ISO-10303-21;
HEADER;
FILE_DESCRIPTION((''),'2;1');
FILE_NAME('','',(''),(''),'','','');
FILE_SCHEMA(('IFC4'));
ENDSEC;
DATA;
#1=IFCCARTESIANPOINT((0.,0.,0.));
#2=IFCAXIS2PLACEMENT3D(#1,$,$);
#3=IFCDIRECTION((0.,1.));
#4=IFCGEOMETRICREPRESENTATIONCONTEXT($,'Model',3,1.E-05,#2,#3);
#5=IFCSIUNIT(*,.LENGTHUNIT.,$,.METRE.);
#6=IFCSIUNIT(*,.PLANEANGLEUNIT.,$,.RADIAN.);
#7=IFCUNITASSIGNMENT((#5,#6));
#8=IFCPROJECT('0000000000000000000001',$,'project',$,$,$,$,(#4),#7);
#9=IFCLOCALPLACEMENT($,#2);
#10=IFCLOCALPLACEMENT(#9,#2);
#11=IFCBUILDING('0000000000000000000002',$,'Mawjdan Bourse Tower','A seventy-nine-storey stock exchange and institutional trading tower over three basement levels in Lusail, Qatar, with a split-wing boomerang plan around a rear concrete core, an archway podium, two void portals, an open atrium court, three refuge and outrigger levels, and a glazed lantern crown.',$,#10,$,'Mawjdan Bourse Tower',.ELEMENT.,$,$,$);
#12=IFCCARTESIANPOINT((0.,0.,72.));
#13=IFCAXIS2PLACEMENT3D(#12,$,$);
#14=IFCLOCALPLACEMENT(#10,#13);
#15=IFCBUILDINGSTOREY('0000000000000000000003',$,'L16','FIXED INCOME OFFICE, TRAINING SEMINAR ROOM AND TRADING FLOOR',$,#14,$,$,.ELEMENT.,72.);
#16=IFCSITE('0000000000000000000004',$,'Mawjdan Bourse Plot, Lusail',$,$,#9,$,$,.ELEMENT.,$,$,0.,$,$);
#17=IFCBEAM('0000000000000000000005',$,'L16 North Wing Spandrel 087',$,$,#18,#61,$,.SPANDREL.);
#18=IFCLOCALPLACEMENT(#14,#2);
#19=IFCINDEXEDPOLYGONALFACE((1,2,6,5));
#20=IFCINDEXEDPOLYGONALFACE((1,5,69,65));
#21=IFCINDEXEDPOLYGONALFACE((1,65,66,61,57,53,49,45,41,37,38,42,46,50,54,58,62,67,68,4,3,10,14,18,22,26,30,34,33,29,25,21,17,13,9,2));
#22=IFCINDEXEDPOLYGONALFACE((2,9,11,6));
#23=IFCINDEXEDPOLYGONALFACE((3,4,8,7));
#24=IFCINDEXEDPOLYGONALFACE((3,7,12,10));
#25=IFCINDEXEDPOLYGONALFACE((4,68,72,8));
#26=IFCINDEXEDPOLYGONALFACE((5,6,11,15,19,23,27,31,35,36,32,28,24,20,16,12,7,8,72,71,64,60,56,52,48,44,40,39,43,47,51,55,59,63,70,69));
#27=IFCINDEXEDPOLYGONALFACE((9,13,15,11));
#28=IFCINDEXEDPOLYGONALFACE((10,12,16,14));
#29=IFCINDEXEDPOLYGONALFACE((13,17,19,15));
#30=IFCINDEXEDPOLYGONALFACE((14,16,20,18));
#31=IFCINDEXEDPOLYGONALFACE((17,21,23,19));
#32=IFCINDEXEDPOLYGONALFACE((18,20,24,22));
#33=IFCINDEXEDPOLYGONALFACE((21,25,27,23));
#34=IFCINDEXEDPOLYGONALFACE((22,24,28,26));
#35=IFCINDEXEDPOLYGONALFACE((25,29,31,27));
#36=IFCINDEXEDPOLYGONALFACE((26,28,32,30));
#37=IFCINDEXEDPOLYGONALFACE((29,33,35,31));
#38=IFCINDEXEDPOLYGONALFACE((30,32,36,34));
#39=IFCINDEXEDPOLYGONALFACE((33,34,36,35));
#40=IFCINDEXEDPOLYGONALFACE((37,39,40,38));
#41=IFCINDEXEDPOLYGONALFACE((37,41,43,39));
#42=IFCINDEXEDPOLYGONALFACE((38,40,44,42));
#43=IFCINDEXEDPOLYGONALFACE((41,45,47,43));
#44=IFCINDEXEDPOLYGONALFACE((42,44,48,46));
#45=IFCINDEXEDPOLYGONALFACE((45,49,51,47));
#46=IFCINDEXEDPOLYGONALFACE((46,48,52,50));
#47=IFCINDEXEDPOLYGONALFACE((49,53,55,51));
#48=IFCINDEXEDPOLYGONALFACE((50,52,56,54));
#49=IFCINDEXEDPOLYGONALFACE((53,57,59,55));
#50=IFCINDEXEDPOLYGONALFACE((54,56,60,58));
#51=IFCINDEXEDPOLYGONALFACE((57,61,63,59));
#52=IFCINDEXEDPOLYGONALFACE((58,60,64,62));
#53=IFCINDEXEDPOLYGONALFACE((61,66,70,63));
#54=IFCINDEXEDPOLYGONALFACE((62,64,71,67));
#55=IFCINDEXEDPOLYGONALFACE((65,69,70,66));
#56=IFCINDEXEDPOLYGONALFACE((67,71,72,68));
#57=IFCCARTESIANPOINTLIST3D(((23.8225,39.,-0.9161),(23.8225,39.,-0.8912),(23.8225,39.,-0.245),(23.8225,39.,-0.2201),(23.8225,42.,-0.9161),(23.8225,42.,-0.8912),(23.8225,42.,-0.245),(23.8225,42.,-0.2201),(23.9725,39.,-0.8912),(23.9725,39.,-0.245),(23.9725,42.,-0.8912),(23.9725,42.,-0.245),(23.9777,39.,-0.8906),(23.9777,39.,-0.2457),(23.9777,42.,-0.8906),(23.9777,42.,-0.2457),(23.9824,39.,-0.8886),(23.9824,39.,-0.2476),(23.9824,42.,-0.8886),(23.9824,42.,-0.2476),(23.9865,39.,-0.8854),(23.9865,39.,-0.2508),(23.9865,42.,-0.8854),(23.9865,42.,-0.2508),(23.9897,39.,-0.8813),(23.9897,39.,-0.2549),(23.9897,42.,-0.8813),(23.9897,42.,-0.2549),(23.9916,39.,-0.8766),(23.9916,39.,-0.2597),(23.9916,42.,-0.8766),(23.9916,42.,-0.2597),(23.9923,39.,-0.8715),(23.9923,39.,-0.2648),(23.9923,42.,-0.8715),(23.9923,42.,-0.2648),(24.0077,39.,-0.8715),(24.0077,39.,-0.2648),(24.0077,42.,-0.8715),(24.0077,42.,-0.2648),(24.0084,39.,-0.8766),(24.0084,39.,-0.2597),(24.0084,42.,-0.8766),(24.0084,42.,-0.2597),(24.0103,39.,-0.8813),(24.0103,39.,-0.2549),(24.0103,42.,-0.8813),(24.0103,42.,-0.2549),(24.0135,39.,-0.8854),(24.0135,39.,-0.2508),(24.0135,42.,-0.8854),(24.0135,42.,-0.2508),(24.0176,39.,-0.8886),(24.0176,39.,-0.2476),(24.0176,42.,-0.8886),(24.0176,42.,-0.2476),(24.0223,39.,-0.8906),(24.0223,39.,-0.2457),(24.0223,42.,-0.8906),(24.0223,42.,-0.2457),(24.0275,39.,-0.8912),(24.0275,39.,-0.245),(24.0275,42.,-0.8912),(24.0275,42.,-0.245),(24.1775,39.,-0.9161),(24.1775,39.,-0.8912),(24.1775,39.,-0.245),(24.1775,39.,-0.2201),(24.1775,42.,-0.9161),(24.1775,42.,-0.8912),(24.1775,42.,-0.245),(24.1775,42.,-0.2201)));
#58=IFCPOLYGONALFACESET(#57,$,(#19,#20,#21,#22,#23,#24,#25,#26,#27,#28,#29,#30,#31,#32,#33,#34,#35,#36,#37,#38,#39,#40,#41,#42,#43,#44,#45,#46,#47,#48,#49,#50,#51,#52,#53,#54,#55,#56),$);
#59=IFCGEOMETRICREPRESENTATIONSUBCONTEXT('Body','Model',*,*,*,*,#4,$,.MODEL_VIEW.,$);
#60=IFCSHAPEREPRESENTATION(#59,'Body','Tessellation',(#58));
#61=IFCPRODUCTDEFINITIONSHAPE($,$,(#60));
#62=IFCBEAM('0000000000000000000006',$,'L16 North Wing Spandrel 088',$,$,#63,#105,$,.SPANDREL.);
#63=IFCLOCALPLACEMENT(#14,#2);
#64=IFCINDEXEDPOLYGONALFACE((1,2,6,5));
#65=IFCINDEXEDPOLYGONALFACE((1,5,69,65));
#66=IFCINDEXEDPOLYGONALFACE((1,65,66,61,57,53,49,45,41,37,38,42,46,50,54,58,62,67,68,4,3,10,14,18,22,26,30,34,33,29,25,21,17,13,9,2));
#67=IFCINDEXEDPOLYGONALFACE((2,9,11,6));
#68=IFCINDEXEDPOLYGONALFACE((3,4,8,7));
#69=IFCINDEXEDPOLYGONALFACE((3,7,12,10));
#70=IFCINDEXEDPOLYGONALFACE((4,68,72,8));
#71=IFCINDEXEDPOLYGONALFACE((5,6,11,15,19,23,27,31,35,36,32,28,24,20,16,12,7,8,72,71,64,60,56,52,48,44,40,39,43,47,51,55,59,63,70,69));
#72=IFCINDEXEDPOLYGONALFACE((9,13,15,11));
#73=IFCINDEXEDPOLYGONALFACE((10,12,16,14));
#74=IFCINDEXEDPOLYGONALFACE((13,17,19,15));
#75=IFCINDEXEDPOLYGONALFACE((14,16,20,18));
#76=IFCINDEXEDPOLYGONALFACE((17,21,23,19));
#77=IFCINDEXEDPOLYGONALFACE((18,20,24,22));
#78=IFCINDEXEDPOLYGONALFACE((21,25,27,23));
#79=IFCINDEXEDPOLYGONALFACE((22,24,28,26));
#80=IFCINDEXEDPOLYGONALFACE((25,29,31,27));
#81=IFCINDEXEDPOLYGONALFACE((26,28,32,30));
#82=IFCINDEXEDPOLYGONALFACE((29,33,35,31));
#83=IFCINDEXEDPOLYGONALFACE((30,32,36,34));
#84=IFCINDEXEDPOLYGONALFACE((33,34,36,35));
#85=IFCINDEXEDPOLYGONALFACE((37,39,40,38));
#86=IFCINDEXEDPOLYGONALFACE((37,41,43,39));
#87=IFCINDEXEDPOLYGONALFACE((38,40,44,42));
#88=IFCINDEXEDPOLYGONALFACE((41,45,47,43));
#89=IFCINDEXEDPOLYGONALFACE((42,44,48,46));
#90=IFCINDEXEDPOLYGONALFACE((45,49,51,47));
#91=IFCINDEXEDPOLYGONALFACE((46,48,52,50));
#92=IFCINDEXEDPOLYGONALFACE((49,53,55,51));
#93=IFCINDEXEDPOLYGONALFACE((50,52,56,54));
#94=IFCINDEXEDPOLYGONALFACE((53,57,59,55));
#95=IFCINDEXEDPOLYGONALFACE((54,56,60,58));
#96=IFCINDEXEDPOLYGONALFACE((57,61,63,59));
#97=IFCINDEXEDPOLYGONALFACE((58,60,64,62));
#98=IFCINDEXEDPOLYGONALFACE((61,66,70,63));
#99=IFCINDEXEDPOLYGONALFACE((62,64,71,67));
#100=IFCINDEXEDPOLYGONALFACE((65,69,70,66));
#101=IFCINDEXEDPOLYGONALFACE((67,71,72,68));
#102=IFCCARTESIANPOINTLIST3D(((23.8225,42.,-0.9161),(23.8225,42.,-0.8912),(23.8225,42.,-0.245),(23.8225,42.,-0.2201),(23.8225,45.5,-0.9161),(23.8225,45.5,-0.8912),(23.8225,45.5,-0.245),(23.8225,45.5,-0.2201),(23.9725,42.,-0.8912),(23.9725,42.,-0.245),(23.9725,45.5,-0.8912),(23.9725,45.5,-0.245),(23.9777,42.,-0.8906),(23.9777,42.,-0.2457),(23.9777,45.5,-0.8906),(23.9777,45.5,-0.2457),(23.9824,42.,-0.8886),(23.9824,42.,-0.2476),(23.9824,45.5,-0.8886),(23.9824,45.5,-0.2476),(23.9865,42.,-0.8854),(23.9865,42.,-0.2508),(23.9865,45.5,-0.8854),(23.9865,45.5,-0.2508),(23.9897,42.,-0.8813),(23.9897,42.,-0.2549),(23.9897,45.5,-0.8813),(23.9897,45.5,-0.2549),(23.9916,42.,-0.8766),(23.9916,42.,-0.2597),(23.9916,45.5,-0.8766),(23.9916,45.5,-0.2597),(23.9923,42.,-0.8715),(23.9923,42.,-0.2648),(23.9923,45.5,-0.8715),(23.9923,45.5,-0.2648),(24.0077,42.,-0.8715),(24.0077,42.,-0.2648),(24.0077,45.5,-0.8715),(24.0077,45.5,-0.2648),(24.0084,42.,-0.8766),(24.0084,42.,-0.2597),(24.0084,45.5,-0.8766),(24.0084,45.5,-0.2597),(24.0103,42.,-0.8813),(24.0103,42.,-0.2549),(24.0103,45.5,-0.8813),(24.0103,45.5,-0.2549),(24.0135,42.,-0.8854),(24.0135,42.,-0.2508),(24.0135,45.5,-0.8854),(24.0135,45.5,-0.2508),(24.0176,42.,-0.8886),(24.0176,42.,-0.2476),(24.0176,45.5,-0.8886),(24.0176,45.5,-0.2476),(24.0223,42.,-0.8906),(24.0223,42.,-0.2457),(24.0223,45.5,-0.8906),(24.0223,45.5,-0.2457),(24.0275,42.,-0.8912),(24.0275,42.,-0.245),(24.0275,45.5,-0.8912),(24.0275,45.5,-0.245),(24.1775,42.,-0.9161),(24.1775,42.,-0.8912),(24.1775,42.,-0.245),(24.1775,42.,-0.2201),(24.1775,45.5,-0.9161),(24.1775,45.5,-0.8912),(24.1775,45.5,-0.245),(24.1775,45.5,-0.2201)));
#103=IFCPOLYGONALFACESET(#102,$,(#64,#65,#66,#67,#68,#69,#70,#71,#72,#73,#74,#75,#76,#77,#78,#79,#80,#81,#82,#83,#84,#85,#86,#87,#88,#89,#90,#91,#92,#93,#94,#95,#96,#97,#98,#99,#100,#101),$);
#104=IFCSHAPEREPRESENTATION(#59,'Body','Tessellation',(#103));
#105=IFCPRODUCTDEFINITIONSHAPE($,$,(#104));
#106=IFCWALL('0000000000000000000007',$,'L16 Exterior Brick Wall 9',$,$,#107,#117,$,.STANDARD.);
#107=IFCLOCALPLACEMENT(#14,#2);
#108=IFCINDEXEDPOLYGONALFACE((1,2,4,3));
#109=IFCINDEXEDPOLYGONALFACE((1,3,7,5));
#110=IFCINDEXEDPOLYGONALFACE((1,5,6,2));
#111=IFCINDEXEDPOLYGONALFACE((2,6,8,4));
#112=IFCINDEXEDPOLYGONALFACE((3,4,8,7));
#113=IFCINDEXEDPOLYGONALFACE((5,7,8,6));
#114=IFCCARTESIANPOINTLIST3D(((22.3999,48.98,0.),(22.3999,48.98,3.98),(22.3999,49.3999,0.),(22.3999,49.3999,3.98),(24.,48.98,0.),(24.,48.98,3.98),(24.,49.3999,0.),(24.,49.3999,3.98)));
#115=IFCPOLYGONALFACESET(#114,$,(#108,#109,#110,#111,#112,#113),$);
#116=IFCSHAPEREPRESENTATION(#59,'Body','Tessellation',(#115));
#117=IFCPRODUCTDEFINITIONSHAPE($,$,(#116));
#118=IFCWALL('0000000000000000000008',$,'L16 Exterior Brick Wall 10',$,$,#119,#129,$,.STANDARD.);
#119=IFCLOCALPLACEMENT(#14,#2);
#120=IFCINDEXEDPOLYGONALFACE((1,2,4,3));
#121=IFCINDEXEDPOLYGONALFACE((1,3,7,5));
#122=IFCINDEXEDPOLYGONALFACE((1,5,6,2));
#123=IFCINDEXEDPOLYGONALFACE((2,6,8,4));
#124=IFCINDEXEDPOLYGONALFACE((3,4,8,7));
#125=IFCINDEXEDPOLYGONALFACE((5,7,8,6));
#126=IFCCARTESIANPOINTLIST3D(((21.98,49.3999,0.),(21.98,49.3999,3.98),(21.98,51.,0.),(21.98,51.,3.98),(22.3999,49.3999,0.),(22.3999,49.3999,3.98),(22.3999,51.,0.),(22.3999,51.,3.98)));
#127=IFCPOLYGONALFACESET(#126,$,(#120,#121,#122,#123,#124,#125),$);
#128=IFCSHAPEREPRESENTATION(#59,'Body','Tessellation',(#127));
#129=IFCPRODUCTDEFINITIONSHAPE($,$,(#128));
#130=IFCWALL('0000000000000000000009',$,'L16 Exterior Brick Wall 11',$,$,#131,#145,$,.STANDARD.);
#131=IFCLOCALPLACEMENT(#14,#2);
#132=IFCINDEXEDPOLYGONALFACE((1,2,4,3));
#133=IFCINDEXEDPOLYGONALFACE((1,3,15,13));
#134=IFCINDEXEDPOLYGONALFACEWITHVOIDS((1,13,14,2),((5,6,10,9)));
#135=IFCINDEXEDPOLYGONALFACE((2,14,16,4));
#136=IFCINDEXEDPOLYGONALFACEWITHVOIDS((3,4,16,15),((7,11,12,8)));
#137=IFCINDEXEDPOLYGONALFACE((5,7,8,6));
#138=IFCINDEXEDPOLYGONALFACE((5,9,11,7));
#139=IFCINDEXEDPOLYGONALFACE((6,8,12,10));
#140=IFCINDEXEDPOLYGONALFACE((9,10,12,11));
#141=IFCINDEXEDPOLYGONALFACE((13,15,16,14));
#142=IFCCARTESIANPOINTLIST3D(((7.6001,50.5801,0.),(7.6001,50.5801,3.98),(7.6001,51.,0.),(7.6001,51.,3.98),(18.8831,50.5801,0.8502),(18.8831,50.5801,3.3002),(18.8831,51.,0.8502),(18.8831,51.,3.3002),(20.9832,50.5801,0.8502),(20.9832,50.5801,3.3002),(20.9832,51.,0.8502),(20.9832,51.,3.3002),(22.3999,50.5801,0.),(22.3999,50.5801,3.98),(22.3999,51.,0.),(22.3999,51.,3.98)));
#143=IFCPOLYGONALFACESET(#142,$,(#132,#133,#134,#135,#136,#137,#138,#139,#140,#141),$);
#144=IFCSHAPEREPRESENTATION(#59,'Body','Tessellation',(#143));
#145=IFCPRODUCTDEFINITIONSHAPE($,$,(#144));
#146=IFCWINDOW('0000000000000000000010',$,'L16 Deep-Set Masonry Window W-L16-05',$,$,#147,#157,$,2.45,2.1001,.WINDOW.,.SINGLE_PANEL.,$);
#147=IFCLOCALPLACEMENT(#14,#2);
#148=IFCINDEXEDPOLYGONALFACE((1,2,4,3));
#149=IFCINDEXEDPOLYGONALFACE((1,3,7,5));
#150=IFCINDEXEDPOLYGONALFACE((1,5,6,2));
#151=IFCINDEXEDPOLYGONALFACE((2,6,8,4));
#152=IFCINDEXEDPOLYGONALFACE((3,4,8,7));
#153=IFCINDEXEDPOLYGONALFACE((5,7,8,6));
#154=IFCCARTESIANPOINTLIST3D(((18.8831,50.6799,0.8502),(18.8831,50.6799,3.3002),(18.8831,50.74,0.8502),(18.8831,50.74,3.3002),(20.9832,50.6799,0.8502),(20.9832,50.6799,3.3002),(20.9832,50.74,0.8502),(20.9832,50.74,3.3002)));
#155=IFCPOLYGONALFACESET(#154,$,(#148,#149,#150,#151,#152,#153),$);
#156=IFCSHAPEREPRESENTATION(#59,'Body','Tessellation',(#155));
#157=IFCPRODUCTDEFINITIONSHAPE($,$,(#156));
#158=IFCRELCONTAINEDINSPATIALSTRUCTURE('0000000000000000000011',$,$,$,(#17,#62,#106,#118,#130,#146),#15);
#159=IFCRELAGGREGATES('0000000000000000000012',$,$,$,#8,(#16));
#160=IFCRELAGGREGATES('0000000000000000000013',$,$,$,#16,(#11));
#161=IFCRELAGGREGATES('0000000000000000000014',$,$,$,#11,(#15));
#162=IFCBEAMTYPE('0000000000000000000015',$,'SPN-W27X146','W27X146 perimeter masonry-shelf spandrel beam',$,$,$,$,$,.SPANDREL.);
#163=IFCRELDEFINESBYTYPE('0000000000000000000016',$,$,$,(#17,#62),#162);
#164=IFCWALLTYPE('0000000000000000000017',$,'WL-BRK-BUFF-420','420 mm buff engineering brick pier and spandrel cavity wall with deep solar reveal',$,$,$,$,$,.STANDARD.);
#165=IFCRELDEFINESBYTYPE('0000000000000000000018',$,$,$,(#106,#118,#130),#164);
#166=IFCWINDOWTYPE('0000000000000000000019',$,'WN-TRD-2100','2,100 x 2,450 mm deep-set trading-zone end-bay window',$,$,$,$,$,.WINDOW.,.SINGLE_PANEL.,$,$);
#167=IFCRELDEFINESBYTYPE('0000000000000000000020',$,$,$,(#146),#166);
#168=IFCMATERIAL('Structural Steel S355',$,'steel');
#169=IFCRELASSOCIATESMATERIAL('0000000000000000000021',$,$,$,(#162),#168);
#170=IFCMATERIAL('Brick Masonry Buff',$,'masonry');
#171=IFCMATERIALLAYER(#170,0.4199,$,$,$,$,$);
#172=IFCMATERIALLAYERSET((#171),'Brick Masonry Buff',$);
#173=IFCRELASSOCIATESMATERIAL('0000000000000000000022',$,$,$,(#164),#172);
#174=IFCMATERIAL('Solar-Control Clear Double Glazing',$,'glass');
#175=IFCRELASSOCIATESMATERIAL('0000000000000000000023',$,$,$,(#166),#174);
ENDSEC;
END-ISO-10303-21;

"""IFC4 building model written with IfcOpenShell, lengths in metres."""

from ifc_helpers import new_model, si_unit, direction, frame, frame_2d, origin, origin_2d, place, context, subcontext, project, spatial, rectangle, i_section, extrude, material, layer, layer_set, material_profile, profile_set, type_object, element, fill, save


model = new_model("IFC4")

# Units and contexts
model_context = context("Model", 3, precision=1e-05, world=origin(), true_north=direction((0.0, 1.0)))
body_context = subcontext(model_context, "Body", "Model", "MODEL_VIEW")
ifc_project = project(units=[si_unit("LENGTHUNIT", "METRE"), si_unit("PLANEANGLEUNIT", "RADIAN")], contexts=[model_context])

# Site, building, storey
site_placement = place(None, origin())
site = spatial("IfcSite", under=ifc_project, at=site_placement, Name="Mawjdan Bourse Plot, Lusail", CompositionType="ELEMENT", RefElevation=0.0)
building_placement = place(site_placement, origin())
building = spatial("IfcBuilding", under=site, at=building_placement, Name="Mawjdan Bourse Tower", Description="A seventy-nine-storey stock exchange and institutional trading tower over three basement levels in Lusail, Qatar, with a split-wing boomerang plan around a rear concrete core, an archway podium, two void portals, an open atrium court, three refuge and outrigger levels, and a glazed lantern crown.", LongName="Mawjdan Bourse Tower", CompositionType="ELEMENT")
storey_placement = place(building_placement, frame((0.0, 0.0, 72.0)))
storey = spatial("IfcBuildingStorey", under=building, at=storey_placement, Name="L16", Description="FIXED INCOME OFFICE, TRAINING SEMINAR ROOM AND TRADING FLOOR", CompositionType="ELEMENT", Elevation=72.0)

# Beams
ifc_material_1 = material(Name="Structural Steel S355", Category="steel")
ifc_material_profile_1 = material_profile(ifc_material_1, i_section(OverallWidth=0.355, OverallDepth=0.696, WebThickness=0.0154, FlangeThickness=0.0249, FilletRadius=0.0198, at=origin_2d()), Name="W27X146")
ifc_profile_set_1 = profile_set([ifc_material_profile_1], Name="Structural Steel S355")
beam_type_1 = type_object("IfcBeamType", Name="SPN-W27X146", Description="W27X146 perimeter masonry-shelf spandrel beam", PredefinedType="SPANDREL", material=ifc_profile_set_1)
for number, where, z_axis, x_axis, name in (
    (1, (24.0, 39.0, -0.5681), (0.0, 1.0, 0.0), (-1.0, 0.0, 0.0), "L16 North Wing Spandrel 087"),
):
    element("IfcBeam", number, at=place(storey_placement, frame(where, z_axis=z_axis, x_axis=x_axis)), inside=storey, type_object=beam_type_1, Name=name, PredefinedType="SPANDREL", context=body_context, shape_type="SweptSolid", body=[
        extrude(i_section(OverallWidth=0.355, OverallDepth=0.696, WebThickness=0.0154, FlangeThickness=0.0249, FilletRadius=0.0198, at=origin_2d()), origin(), (0.0, 0.0, 1.0), 3.0),
    ])
beam_1_placement = place(storey_placement, frame((24.0, 42.0, -0.5681), z_axis=(0.0, 1.0, 0.0), x_axis=(-1.0, 0.0, 0.0)))
element("IfcBeam", 2, at=beam_1_placement, inside=storey, type_object=beam_type_1, Name="L16 North Wing Spandrel 088", PredefinedType="SPANDREL", context=body_context, shape_type="SweptSolid", body=[
    extrude(i_section(OverallWidth=0.355, OverallDepth=0.696, WebThickness=0.0154, FlangeThickness=0.0249, FilletRadius=0.0198, at=origin_2d()), origin(), (0.0, 0.0, 1.0), 3.5),
])

# Walls
ifc_material_2 = material(Name="Brick Masonry Buff", Category="masonry")
ifc_layer = layer(ifc_material_2, 0.4199)
ifc_layer_set = layer_set([ifc_layer], Name="Brick Masonry Buff")
wall_type = type_object("IfcWallType", Name="WL-BRK-BUFF-420", Description="420 mm buff engineering brick pier and spandrel cavity wall with deep solar reveal", PredefinedType="STANDARD", material=ifc_layer_set)
for number, where, z_axis, x_axis, name in (
    (3, (24.0, 49.1899, 0.0), (0.0, 0.0, 1.0), (-1.0, 0.0, 0.0), "L16 Exterior Brick Wall 9"),
    (4, (22.1899, 49.3999, 0.0), (0.0, 0.0, 1.0), (0.0, 1.0, 0.0), "L16 Exterior Brick Wall 10"),
):
    element("IfcWall", number, at=place(storey_placement, frame(where, z_axis=z_axis, x_axis=x_axis)), inside=storey, type_object=wall_type, Name=name, PredefinedType="STANDARD", context=body_context, shape_type="SweptSolid", body=[
        extrude(rectangle(XDim=1.6001, YDim=0.4199, at=frame_2d((0.8, 0.0))), origin(), (0.0, 0.0, 1.0), 3.98),
    ])

# Wall, opening, window
wall_placement = place(storey_placement, frame((22.3999, 50.79, 0.0), z_axis=(0.0, 0.0, 1.0), x_axis=(-1.0, 0.0, 0.0)))
wall = element("IfcWall", 5, at=wall_placement, inside=storey, type_object=wall_type, Name="L16 Exterior Brick Wall 11", PredefinedType="STANDARD", context=body_context, shape_type="SweptSolid", body=[
    extrude(rectangle(XDim=14.7998, YDim=0.4199, at=frame_2d((7.3999, 0.0))), origin(), (0.0, 0.0, 1.0), 3.98),
])
opening_placement = place(wall_placement, frame((1.4167, 0.0, 0.8501)))
opening = element("IfcOpeningElement", 6, at=opening_placement, cuts=wall, PredefinedType="OPENING", context=body_context, shape_type="SweptSolid", body=[
    extrude(rectangle(XDim=2.1001, YDim=2.45, at=frame_2d((1.05, 1.2251))), frame((0.0, 0.22, 0.0), z_axis=(0.0, -1.0, 0.0), x_axis=(1.0, 0.0, 0.0)), (0.0, 0.0, 1.0), 0.4399),
])
ifc_material_3 = material(Name="Solar-Control Clear Double Glazing", Category="glass")
window_type = type_object("IfcWindowType", Name="WN-TRD-2100", Description="2,100 x 2,450 mm deep-set trading-zone end-bay window", PartitioningType="SINGLE_PANEL", PredefinedType="WINDOW", material=ifc_material_3)
window_placement = place(opening_placement, origin())
window = element("IfcWindow", 7, at=window_placement, inside=storey, type_object=window_type, Name="L16 Deep-Set Masonry Window W-L16-05", OverallHeight=2.45, OverallWidth=2.1001, PartitioningType="SINGLE_PANEL", PredefinedType="WINDOW", context=body_context, shape_type="SweptSolid", body=[
    extrude(rectangle(XDim=2.1001, YDim=2.45, at=frame_2d((1.05, 1.2251))), frame((0.0, 0.1101, 0.0), z_axis=(0.0, -1.0, 0.0), x_axis=(1.0, 0.0, 0.0)), (0.0, 0.0, 1.0), 0.0601),
])
fill(opening, window)

save(model, "model.ifc")
